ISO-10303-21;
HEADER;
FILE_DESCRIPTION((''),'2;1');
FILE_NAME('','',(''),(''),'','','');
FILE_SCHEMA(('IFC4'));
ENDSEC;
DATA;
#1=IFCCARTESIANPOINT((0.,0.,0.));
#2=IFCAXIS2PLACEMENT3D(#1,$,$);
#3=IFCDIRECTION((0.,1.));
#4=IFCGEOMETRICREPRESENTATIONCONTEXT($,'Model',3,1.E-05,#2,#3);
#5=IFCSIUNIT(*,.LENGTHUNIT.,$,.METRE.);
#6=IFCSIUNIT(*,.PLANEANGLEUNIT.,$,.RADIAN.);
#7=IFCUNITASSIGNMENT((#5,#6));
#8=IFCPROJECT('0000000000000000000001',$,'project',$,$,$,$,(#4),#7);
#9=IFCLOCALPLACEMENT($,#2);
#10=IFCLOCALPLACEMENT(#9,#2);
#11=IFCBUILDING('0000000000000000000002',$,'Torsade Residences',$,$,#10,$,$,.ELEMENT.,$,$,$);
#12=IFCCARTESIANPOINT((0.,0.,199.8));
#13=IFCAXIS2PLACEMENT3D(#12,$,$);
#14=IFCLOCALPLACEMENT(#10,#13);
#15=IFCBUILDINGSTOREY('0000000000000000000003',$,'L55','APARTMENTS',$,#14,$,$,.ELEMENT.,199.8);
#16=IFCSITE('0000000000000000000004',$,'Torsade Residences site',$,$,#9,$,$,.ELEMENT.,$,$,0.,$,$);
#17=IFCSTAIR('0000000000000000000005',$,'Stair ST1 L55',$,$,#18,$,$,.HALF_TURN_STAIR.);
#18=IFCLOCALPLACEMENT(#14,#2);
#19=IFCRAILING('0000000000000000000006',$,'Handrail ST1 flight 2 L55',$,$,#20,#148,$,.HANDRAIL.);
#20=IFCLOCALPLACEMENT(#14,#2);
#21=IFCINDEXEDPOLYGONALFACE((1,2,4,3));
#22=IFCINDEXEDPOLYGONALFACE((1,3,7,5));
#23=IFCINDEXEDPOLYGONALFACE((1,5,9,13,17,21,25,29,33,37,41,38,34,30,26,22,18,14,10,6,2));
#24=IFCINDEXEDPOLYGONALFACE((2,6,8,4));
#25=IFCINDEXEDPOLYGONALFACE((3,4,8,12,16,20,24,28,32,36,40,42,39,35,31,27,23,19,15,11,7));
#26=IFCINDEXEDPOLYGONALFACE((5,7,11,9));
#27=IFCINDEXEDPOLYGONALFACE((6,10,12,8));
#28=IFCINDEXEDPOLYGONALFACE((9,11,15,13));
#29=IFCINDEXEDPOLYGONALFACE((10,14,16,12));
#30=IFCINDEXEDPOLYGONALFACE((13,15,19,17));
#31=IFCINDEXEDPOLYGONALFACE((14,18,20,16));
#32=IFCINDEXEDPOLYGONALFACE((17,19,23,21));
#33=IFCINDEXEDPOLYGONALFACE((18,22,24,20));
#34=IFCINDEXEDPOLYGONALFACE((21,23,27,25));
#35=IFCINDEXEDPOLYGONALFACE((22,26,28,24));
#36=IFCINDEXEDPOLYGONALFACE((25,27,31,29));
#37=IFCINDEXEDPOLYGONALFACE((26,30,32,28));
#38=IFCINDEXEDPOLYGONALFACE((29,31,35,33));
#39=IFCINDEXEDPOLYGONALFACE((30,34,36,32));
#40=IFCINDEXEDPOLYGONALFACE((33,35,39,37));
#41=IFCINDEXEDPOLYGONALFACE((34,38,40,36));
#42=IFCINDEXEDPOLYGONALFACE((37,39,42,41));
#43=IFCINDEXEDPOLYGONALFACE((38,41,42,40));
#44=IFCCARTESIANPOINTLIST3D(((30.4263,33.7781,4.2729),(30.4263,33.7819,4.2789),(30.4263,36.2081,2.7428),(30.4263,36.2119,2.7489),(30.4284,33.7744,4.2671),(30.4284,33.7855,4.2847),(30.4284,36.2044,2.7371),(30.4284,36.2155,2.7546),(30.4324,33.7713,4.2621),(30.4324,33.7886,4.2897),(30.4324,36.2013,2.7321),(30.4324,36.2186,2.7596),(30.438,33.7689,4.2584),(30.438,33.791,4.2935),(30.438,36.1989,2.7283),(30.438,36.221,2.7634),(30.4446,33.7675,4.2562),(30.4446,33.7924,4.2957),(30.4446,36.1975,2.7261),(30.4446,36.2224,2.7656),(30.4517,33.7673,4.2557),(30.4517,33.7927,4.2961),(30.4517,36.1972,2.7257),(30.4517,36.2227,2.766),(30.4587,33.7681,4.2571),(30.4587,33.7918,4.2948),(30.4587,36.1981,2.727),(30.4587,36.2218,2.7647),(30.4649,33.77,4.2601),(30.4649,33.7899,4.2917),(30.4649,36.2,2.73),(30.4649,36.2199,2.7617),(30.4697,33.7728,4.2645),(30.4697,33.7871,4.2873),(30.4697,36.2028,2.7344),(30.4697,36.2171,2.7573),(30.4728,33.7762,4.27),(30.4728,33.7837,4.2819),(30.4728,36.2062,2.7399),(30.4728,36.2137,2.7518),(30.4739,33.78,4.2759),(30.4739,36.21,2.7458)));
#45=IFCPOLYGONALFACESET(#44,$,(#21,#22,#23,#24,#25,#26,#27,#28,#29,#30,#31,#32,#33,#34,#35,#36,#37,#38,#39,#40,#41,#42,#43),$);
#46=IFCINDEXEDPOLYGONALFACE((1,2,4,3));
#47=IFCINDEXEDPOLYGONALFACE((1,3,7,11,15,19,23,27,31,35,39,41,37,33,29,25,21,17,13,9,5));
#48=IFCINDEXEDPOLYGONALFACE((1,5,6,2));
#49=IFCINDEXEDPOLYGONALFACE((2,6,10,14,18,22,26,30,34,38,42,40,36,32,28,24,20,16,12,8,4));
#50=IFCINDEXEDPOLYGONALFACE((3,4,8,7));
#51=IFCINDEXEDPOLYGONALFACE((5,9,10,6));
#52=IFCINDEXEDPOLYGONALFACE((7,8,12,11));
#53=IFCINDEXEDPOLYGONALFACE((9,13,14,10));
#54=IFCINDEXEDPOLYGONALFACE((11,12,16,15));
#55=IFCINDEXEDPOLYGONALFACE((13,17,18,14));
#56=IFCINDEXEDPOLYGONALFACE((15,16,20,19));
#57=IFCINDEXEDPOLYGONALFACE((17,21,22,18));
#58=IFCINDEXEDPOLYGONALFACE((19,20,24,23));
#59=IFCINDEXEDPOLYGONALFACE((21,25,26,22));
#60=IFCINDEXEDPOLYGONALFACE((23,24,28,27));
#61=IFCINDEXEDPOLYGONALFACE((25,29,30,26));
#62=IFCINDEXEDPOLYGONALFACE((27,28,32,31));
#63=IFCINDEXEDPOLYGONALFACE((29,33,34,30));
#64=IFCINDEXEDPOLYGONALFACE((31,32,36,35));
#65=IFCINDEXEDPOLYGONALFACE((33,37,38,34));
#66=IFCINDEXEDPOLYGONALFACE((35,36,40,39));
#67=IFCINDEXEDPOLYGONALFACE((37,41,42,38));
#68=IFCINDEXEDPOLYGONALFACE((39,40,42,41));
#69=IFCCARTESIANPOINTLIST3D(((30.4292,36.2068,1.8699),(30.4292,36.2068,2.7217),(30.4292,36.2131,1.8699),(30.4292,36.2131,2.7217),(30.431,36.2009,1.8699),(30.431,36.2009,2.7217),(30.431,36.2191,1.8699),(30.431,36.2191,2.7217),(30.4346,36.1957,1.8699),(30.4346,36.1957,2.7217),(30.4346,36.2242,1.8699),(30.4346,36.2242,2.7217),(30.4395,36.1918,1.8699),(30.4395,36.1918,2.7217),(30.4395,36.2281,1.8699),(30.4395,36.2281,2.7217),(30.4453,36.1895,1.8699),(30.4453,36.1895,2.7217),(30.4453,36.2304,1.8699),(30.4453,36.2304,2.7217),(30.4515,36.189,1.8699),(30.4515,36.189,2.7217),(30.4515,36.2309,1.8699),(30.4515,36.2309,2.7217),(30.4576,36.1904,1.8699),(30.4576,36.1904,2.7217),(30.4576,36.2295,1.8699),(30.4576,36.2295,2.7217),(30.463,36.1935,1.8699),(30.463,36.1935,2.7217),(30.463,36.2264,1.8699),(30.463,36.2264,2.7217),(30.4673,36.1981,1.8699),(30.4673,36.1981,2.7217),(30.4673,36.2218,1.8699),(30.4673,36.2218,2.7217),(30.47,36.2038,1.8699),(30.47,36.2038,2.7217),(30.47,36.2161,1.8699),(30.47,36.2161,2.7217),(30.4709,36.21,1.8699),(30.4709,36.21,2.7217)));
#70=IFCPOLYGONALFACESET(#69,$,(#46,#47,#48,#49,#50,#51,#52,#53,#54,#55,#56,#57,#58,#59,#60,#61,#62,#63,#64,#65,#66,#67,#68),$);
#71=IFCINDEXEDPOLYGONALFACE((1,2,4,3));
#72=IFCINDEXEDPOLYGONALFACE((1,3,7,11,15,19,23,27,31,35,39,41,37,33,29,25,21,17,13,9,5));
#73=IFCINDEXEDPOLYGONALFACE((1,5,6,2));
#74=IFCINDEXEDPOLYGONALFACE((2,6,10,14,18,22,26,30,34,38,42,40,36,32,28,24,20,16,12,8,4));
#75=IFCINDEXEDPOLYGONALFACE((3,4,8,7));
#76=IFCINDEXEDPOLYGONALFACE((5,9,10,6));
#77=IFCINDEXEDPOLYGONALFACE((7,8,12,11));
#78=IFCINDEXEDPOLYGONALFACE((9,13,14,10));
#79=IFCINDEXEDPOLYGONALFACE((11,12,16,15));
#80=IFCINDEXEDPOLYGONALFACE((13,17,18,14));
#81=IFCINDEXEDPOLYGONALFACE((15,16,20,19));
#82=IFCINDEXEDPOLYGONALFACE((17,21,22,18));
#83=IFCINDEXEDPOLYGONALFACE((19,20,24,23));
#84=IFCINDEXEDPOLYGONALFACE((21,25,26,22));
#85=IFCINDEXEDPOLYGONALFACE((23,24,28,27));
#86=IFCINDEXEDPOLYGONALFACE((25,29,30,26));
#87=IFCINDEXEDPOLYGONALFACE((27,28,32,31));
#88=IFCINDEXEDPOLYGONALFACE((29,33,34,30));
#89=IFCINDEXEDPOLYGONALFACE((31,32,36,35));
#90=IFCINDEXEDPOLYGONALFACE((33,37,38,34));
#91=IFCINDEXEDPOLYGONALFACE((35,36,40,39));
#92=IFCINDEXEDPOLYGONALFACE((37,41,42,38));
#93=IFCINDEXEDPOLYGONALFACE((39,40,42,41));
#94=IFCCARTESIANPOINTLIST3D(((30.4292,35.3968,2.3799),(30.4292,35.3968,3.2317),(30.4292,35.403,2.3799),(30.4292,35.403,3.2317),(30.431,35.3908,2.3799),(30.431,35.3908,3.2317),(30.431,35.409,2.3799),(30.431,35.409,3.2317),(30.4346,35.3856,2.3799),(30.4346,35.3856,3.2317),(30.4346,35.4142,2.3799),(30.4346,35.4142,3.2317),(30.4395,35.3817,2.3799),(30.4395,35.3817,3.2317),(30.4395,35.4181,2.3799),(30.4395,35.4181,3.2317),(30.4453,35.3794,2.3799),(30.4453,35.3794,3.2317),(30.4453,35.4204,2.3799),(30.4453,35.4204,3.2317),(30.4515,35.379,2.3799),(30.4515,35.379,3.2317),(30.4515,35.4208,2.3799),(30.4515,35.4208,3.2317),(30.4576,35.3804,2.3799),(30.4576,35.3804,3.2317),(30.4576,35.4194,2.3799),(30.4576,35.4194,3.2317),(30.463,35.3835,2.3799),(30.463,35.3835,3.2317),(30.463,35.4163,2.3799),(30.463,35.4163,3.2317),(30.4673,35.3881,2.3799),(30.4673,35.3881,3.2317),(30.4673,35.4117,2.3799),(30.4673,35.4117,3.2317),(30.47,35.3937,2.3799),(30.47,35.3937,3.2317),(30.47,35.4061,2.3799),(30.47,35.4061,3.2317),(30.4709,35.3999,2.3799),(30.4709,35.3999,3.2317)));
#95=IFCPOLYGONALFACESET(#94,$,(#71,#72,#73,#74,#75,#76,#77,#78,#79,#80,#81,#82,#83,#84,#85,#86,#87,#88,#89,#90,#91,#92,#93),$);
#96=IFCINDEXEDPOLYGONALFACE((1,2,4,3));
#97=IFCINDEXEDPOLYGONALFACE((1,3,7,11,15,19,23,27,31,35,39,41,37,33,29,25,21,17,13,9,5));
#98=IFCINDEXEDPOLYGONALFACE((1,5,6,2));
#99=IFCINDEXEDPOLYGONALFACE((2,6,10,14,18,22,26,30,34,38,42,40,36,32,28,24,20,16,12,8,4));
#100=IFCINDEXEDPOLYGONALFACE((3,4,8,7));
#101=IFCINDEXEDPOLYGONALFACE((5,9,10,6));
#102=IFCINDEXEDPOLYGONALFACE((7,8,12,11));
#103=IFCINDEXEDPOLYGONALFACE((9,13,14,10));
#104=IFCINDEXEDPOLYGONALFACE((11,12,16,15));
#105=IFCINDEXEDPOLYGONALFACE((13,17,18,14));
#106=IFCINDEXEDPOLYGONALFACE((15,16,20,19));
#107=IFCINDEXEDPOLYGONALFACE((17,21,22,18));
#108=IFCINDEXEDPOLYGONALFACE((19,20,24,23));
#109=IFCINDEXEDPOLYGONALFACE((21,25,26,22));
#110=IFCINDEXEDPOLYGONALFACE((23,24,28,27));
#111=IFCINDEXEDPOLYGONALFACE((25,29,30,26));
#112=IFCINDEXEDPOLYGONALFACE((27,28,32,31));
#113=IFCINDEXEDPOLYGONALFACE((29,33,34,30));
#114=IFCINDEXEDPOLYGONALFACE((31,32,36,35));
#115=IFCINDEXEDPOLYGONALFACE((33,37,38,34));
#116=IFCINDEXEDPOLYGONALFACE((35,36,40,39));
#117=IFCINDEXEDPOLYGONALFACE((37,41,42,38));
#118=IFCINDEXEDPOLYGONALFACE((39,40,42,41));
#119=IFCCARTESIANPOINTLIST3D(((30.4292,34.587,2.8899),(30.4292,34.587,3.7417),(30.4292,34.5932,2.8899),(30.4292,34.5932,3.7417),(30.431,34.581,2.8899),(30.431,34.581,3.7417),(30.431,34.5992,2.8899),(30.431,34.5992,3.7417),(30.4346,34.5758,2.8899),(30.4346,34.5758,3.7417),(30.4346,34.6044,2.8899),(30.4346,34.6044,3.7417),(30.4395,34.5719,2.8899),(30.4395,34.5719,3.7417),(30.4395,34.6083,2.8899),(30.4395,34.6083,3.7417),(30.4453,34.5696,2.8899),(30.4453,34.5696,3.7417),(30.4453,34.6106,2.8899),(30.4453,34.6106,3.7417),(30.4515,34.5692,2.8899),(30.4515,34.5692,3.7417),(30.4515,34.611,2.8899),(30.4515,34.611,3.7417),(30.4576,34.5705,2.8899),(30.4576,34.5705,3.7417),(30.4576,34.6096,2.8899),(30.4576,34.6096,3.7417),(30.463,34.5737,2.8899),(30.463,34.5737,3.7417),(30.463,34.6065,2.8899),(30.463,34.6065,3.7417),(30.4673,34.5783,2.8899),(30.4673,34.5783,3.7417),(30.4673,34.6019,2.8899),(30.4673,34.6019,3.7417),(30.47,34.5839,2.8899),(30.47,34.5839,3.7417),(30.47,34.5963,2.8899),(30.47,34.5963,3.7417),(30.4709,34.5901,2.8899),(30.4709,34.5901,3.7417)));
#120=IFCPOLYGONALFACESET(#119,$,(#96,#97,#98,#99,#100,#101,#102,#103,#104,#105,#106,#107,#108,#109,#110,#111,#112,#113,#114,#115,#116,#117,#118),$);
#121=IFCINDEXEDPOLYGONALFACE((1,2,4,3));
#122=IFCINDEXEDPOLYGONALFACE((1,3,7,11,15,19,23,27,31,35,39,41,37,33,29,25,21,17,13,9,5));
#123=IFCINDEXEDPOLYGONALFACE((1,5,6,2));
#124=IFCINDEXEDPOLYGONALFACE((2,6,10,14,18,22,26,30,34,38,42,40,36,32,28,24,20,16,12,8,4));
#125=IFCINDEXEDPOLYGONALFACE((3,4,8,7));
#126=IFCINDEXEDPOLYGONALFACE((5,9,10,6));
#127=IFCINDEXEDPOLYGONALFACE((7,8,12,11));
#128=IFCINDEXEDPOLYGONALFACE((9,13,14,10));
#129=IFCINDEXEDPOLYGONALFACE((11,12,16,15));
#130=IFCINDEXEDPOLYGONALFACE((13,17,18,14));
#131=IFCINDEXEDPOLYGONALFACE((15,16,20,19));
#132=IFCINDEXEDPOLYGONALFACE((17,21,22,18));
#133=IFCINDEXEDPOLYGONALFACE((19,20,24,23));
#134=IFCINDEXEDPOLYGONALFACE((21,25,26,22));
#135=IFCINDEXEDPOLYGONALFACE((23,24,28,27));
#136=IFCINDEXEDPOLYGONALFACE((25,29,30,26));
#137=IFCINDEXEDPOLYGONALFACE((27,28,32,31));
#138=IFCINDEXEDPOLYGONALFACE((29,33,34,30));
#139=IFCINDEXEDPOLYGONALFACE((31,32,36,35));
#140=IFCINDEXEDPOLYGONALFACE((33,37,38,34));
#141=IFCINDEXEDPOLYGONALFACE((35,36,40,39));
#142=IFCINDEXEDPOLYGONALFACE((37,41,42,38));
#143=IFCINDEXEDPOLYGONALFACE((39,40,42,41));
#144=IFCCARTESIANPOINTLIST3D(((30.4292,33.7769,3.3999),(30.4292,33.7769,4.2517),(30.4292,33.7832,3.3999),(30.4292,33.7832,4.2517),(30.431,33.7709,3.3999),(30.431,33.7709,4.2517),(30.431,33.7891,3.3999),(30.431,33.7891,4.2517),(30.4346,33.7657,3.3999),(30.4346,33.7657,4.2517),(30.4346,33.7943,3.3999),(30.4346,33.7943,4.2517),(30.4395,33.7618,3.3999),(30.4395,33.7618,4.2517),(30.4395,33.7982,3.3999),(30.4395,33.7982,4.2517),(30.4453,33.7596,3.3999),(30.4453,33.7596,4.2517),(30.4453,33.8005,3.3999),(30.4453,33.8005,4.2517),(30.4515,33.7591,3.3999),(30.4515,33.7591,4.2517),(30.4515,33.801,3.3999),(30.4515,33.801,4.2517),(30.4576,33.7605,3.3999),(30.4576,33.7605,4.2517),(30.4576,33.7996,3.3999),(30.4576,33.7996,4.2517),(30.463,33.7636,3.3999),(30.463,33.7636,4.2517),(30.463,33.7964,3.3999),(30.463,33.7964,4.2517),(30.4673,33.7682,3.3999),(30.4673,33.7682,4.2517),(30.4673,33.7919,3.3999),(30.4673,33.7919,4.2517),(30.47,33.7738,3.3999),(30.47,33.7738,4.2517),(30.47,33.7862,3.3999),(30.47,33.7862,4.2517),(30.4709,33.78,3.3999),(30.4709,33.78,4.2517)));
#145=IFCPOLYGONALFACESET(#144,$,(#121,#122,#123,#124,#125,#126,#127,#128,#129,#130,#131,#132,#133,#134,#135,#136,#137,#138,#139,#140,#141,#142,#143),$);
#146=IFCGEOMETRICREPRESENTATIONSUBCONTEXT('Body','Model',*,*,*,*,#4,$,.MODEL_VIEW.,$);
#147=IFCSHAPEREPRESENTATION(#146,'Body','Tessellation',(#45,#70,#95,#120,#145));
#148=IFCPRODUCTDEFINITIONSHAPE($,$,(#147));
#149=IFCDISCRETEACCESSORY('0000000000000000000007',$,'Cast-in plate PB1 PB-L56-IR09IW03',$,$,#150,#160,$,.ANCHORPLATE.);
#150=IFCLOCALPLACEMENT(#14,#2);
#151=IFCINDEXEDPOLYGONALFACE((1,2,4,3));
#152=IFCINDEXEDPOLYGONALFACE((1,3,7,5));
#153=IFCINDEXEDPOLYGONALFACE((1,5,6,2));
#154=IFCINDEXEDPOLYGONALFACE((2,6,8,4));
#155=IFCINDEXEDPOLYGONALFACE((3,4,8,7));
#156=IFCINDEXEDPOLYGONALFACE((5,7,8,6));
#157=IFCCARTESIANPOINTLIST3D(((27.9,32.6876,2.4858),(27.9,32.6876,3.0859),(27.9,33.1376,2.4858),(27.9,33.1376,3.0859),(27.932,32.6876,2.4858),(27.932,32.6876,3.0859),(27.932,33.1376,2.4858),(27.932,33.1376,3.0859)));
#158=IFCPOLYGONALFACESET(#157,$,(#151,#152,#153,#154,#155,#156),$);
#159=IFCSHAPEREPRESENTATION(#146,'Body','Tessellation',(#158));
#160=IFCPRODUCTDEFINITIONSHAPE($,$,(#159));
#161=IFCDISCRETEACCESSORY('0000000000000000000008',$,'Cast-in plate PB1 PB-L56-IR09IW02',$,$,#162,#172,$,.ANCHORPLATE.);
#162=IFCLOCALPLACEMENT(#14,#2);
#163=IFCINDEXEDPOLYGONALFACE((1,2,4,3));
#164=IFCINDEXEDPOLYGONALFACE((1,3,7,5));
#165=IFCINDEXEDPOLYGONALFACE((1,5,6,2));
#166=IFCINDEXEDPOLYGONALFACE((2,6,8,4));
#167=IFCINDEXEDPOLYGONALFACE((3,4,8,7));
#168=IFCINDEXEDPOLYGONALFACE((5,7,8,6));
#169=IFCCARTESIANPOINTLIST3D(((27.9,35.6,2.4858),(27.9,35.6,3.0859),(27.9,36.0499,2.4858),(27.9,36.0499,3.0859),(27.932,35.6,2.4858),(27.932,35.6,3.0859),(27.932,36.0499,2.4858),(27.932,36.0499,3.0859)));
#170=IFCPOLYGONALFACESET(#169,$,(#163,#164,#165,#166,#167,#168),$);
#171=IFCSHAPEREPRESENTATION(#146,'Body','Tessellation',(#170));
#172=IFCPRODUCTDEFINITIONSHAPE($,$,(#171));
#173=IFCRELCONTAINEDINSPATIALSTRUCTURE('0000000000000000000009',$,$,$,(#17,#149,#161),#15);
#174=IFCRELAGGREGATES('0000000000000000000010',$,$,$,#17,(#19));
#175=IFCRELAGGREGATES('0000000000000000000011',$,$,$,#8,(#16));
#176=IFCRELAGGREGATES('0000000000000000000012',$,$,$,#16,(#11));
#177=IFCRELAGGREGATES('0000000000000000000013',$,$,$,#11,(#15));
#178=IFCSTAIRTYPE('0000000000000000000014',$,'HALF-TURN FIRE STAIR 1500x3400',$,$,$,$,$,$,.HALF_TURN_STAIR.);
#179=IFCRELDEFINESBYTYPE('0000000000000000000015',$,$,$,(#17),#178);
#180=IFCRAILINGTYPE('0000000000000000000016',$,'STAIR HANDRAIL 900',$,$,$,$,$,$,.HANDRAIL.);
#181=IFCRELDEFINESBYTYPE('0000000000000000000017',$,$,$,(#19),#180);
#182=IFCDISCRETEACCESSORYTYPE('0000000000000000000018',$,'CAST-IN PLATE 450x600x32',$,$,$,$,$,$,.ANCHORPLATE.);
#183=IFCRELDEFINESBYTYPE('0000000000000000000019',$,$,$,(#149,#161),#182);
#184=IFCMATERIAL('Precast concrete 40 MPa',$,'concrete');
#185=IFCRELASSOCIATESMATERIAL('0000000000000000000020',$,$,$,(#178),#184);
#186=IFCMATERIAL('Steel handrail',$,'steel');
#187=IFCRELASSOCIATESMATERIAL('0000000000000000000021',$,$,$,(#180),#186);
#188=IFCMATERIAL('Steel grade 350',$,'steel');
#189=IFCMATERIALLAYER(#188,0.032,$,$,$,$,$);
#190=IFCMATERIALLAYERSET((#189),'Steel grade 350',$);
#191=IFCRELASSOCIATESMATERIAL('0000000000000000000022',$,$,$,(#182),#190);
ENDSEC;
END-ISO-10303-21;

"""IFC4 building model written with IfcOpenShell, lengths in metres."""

from ifc_helpers import new_model, si_unit, direction, frame, origin, origin_2d, place, context, subcontext, project, spatial, rectangle, circle, extrude, material, layer, layer_set, type_object, element, aggregate, save


model = new_model("IFC4")

# Units and contexts
model_context = context("Model", 3, precision=1e-05, world=origin(), true_north=direction((0.0, 1.0)))
body_context = subcontext(model_context, "Body", "Model", "MODEL_VIEW")
ifc_project = project(units=[si_unit("LENGTHUNIT", "METRE"), si_unit("PLANEANGLEUNIT", "RADIAN")], contexts=[model_context])

# Site, building, storey
site_placement = place(None, origin())
site = spatial("IfcSite", under=ifc_project, at=site_placement, Name="Torsade Residences site", CompositionType="ELEMENT", RefElevation=0.0)
building_placement = place(site_placement, origin())
building = spatial("IfcBuilding", under=site, at=building_placement, Name="Torsade Residences", CompositionType="ELEMENT")
storey_placement = place(building_placement, frame((0.0, 0.0, 199.8)))
storey = spatial("IfcBuildingStorey", under=building, at=storey_placement, Name="L55", Description="APARTMENTS", CompositionType="ELEMENT", Elevation=199.8)

# Stair, railing
ifc_material_1 = material(Name="Precast concrete 40 MPa", Category="concrete")
stair_type = type_object("IfcStairType", Name="HALF-TURN FIRE STAIR 1500x3400", PredefinedType="HALF_TURN_STAIR", material=ifc_material_1)
stair_placement = place(storey_placement, origin())
stair = element("IfcStair", 1, at=stair_placement, inside=storey, type_object=stair_type, Name="Stair ST1 L55", PredefinedType="HALF_TURN_STAIR")
ifc_material_2 = material(Name="Steel handrail", Category="steel")
railing_type = type_object("IfcRailingType", Name="STAIR HANDRAIL 900", PredefinedType="HANDRAIL", material=ifc_material_2)
railing_1_placement = place(storey_placement, frame((30.45, 36.21, 1.8699)))
railing_1 = element("IfcRailing", 2, at=railing_1_placement, type_object=railing_type, Name="Handrail ST1 flight 2 L55", PredefinedType="HANDRAIL", context=body_context, shape_type="SweptSolid", body=[
    extrude(circle(Radius=0.0239, at=origin_2d()), frame((0.0, 0.0, 0.876), z_axis=(0.0, -0.846221, 0.532831), x_axis=(1.0, 0.0, 0.0)), (0.0, 0.0, 1.0), 2.8716),
    extrude(circle(Radius=0.021, at=origin_2d()), origin(), (0.0, 0.0, 1.0), 0.8518),
    extrude(circle(Radius=0.021, at=origin_2d()), frame((0.0, -0.8101, 0.51)), (0.0, 0.0, 1.0), 0.8518),
    extrude(circle(Radius=0.021, at=origin_2d()), frame((0.0, -1.6199, 1.02)), (0.0, 0.0, 1.0), 0.8518),
    extrude(circle(Radius=0.021, at=origin_2d()), frame((0.0, -2.4299, 1.53)), (0.0, 0.0, 1.0), 0.8518),
])
aggregate(stair, [railing_1])

# Discrete accessories
ifc_material_3 = material(Name="Steel grade 350", Category="steel")
ifc_layer_1 = layer(ifc_material_3, 0.032)
ifc_layer_set_1 = layer_set([ifc_layer_1], Name="Steel grade 350")
discrete_accessory_type = type_object("IfcDiscreteAccessoryType", Name="CAST-IN PLATE 450x600x32", PredefinedType="ANCHORPLATE", material=ifc_layer_set_1)
for number, where, z_axis, x_axis, name in (
    (3, (27.916, 32.9126, 2.4858), (0.0, 0.0, 1.0), (1.0, 0.0, 0.0), "Cast-in plate PB1 PB-L56-IR09IW03"),
    (4, (27.916, 35.825, 2.4858), (0.0, 0.0, 1.0), (1.0, 0.0, 0.0), "Cast-in plate PB1 PB-L56-IR09IW02"),
):
    element("IfcDiscreteAccessory", number, at=place(storey_placement, frame(where, z_axis=z_axis, x_axis=x_axis)), inside=storey, type_object=discrete_accessory_type, Name=name, PredefinedType="ANCHORPLATE", context=body_context, shape_type="SweptSolid", body=[
        extrude(rectangle(XDim=0.032, YDim=0.45, at=origin_2d()), origin(), (0.0, 0.0, 1.0), 0.6001),
    ])

save(model, "model.ifc")
